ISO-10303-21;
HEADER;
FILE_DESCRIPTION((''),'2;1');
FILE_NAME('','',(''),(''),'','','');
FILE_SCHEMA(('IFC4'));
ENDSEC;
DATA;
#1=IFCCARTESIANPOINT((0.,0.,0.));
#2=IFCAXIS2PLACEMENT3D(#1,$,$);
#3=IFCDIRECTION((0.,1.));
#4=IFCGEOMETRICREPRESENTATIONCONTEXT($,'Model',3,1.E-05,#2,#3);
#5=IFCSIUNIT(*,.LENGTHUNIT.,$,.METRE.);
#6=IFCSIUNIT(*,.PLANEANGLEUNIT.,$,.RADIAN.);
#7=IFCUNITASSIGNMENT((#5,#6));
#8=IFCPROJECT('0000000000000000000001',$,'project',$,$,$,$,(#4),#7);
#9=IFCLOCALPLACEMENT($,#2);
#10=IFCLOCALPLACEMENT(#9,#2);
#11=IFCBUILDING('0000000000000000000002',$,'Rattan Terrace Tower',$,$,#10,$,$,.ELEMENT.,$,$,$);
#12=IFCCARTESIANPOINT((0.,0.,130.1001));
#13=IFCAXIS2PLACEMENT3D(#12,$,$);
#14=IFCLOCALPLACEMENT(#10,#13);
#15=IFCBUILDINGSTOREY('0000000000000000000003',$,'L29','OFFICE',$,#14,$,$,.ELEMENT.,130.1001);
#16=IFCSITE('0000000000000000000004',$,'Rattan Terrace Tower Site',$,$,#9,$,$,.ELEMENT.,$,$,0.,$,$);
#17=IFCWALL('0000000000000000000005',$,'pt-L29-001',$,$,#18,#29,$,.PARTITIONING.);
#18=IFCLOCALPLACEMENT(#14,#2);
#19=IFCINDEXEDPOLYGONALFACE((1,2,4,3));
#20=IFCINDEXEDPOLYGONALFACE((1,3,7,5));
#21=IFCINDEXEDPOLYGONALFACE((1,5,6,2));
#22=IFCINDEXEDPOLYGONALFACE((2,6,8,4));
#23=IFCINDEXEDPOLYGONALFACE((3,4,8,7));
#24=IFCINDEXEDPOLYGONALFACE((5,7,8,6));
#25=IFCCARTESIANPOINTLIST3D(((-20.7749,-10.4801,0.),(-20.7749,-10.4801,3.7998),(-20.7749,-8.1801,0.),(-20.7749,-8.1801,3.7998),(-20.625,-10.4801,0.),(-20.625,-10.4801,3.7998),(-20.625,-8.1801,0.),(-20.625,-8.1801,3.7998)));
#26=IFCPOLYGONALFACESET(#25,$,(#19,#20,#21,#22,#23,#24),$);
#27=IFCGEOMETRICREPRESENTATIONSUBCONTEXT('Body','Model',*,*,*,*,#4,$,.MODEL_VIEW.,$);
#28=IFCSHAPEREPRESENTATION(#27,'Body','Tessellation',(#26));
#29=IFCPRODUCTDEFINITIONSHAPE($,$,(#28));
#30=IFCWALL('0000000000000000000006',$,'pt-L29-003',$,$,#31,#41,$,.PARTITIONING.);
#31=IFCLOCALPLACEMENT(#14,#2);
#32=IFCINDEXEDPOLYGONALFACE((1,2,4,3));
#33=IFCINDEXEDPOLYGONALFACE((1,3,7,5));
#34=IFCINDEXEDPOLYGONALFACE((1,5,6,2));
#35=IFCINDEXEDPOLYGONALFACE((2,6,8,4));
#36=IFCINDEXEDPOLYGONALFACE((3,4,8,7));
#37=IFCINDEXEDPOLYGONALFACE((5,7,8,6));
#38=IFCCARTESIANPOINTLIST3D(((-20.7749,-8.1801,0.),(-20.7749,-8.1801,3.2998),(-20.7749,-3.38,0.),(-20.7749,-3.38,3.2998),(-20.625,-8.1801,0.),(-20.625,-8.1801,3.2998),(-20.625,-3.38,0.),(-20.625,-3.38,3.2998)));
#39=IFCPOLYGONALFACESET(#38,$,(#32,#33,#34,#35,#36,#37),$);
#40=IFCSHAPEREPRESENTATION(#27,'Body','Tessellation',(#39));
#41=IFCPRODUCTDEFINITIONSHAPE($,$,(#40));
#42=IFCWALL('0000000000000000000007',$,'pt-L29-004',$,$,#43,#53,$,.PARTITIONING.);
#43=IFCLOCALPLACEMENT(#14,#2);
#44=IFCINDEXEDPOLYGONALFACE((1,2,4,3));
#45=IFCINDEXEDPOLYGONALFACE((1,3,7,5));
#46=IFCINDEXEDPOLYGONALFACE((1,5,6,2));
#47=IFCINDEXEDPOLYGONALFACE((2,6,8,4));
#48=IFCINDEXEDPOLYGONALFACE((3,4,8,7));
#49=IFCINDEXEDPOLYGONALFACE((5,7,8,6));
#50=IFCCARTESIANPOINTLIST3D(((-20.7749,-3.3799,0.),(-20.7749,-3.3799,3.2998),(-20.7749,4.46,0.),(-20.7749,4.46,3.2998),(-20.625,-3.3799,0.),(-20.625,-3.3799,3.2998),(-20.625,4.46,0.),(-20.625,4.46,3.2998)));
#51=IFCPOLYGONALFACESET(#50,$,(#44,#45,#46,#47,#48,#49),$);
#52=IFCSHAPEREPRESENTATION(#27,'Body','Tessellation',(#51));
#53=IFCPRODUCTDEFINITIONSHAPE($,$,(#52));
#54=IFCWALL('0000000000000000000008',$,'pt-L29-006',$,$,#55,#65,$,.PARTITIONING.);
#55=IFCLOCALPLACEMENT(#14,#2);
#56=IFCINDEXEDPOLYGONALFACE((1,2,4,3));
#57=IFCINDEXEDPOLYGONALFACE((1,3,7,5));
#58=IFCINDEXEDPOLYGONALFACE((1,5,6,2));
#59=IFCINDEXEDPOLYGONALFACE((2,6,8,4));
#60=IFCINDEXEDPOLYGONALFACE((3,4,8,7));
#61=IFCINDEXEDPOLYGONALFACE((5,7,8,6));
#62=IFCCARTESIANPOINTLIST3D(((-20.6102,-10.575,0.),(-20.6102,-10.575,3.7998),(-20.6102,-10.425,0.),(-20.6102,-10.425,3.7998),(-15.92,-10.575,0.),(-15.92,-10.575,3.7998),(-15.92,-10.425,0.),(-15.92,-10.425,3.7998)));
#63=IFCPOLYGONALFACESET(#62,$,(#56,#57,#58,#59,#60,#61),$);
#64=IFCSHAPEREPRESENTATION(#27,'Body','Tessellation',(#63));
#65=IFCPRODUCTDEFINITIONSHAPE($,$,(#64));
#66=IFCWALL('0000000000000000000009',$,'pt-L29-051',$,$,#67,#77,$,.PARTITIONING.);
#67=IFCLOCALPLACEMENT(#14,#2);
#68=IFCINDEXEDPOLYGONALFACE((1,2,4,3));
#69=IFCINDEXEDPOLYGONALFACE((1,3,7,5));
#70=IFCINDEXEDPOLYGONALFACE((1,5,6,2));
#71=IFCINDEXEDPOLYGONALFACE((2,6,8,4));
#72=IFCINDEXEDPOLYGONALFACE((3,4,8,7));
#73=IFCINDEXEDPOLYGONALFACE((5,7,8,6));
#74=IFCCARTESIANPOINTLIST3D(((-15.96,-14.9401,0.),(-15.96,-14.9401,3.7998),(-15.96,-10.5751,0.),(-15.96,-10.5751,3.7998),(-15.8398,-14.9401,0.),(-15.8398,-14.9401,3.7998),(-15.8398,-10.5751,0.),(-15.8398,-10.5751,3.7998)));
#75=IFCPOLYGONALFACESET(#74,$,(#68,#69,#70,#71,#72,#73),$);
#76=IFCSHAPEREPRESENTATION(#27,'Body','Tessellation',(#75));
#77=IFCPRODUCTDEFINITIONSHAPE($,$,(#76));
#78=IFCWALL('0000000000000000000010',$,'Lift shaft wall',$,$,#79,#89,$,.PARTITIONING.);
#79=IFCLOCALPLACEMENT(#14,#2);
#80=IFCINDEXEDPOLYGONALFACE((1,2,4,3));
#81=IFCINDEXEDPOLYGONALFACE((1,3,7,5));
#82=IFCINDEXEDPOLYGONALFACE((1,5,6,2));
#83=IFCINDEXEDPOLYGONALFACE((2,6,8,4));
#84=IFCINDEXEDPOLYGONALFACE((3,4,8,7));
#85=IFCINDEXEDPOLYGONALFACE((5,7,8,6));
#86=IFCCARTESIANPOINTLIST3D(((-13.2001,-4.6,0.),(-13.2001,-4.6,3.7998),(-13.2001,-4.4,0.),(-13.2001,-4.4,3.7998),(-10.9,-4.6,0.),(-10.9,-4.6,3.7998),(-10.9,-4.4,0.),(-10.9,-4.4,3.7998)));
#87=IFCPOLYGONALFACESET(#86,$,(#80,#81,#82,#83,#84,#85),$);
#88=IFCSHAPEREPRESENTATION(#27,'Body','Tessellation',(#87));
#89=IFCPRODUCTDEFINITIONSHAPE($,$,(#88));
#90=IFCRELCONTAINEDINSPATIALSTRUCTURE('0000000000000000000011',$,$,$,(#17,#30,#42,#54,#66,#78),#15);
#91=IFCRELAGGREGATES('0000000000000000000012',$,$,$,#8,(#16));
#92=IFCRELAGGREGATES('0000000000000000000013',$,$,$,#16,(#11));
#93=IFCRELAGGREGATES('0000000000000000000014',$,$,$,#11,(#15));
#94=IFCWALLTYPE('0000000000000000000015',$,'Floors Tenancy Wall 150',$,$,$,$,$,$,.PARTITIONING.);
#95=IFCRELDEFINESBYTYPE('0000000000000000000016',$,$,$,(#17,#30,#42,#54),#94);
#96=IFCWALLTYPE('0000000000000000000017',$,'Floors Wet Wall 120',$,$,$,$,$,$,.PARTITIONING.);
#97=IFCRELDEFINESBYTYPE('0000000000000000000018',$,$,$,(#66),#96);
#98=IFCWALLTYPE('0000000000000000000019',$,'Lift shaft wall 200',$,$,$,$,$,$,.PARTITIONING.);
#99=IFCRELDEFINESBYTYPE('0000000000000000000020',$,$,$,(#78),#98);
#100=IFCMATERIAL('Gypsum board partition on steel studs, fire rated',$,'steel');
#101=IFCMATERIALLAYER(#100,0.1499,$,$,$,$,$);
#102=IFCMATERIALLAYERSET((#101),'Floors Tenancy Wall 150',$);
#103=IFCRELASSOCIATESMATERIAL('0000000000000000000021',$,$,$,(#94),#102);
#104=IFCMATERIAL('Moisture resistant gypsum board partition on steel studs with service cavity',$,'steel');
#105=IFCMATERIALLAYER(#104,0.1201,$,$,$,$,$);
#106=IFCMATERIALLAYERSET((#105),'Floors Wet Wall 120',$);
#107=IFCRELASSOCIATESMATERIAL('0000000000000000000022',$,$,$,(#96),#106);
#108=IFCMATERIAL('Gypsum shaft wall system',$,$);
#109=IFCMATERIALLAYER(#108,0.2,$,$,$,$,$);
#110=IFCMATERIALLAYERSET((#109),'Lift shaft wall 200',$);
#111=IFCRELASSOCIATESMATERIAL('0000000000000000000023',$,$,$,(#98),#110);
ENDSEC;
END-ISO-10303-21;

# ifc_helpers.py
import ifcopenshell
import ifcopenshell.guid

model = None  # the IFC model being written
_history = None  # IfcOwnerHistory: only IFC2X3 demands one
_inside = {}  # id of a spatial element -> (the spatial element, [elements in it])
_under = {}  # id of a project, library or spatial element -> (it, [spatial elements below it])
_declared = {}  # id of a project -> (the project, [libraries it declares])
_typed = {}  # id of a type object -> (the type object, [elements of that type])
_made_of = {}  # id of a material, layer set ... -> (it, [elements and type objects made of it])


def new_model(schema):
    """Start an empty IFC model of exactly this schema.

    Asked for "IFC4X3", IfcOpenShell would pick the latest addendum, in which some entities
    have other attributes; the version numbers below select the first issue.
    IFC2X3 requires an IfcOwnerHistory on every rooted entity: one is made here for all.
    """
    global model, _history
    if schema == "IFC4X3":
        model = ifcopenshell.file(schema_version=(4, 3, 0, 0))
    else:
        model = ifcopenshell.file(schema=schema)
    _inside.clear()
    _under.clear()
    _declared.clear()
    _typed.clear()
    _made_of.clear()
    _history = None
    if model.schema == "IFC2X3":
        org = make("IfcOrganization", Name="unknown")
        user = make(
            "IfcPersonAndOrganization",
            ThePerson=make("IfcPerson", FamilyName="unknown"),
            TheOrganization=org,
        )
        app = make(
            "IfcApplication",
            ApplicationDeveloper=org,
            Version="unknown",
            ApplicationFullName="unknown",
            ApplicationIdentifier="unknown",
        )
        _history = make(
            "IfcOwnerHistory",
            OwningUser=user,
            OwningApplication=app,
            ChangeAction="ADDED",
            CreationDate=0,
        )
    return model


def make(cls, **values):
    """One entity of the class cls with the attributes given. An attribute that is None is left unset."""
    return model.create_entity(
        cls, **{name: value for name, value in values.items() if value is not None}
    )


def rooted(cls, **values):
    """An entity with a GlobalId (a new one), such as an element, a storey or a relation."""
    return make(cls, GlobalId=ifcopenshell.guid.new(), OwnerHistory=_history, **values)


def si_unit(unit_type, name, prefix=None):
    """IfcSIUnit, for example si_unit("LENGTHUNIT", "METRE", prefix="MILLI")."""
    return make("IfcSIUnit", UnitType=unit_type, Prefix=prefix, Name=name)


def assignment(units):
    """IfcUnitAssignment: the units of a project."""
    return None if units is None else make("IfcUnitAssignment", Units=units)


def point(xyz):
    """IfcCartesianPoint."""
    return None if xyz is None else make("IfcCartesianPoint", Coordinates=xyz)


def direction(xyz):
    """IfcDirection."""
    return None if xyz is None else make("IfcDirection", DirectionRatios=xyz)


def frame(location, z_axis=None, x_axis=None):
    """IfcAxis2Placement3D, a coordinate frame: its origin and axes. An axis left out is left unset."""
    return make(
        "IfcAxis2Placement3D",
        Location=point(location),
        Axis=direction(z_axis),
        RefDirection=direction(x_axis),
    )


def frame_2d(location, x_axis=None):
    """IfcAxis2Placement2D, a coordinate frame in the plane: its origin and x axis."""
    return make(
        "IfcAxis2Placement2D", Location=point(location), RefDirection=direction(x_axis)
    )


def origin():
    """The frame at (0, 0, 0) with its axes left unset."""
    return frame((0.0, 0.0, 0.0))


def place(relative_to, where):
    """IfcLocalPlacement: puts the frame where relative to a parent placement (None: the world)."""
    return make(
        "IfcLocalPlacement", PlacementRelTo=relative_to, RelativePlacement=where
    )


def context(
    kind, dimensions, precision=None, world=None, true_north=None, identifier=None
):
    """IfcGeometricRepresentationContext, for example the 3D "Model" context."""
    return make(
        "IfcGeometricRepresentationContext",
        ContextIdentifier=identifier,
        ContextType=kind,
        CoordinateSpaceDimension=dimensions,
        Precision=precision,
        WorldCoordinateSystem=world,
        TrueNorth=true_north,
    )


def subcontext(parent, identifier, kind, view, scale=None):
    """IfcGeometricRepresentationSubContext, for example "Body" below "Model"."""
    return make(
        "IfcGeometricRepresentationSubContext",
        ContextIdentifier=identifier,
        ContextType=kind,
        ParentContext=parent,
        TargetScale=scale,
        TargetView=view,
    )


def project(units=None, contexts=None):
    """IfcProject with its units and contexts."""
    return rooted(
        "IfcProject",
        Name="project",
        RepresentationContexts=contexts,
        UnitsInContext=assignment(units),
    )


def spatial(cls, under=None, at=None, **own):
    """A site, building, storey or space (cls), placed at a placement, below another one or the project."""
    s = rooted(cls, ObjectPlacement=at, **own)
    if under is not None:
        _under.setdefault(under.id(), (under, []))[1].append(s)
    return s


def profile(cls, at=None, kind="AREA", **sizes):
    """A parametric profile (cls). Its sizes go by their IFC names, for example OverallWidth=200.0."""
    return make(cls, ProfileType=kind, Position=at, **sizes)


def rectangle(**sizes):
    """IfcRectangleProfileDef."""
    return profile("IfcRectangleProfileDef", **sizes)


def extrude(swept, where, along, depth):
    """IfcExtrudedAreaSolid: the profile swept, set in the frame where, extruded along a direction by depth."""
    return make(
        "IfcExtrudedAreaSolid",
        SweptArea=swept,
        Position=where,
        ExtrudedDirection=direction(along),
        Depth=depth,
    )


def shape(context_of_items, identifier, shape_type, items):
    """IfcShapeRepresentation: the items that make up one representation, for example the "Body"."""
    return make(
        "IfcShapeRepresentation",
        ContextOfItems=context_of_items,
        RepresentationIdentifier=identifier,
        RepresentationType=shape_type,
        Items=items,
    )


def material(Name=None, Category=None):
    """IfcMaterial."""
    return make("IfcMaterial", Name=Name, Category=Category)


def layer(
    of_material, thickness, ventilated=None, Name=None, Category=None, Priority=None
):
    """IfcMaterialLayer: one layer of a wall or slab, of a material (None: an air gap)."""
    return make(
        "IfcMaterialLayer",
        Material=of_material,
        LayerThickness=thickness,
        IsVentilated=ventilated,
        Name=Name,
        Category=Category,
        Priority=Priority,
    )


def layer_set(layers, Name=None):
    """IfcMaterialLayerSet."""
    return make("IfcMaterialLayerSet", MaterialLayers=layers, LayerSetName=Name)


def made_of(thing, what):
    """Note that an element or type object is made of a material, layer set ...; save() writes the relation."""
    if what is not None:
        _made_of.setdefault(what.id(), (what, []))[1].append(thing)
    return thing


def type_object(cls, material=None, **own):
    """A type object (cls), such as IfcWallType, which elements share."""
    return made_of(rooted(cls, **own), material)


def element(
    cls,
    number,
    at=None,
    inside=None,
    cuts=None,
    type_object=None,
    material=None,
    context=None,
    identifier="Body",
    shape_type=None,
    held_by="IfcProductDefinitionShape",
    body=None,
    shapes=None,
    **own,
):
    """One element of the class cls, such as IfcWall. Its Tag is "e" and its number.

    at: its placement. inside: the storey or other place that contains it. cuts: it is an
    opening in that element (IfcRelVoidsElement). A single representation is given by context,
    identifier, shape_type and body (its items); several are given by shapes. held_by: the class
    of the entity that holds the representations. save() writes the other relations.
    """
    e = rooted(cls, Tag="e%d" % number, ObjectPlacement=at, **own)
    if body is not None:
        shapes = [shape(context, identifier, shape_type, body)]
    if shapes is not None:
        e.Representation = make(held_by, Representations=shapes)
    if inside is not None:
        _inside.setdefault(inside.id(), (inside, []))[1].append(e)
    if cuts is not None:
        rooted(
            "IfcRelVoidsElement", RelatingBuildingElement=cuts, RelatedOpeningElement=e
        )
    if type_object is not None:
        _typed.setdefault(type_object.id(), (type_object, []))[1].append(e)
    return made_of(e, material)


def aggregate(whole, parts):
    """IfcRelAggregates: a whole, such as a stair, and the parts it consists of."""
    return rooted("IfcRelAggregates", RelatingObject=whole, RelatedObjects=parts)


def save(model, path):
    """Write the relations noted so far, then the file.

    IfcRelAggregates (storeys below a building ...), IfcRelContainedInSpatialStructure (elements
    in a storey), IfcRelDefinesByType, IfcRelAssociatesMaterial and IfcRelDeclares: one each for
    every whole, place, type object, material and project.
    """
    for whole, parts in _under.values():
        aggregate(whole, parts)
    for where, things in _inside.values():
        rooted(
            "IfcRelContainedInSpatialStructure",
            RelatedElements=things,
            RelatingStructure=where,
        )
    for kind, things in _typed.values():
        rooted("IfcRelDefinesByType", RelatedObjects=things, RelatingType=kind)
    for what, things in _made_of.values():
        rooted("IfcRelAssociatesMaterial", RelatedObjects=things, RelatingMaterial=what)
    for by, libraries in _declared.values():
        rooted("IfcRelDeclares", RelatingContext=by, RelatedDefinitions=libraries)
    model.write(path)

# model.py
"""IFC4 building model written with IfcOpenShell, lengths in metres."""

from ifc_helpers import new_model, si_unit, direction, frame, frame_2d, origin, place, context, subcontext, project, spatial, rectangle, extrude, material, layer, layer_set, type_object, element, save


model = new_model("IFC4")

# Units and contexts
model_context = context("Model", 3, precision=1e-05, world=origin(), true_north=direction((0.0, 1.0)))
body_context = subcontext(model_context, "Body", "Model", "MODEL_VIEW")
ifc_project = project(units=[si_unit("LENGTHUNIT", "METRE"), si_unit("PLANEANGLEUNIT", "RADIAN")], contexts=[model_context])

# Site, building, storey
site_placement = place(None, origin())
site = spatial("IfcSite", under=ifc_project, at=site_placement, Name="Rattan Terrace Tower Site", CompositionType="ELEMENT", RefElevation=0.0)
building_placement = place(site_placement, origin())
building = spatial("IfcBuilding", under=site, at=building_placement, Name="Rattan Terrace Tower", CompositionType="ELEMENT")
storey_placement = place(building_placement, frame((0.0, 0.0, 130.1001)))
storey = spatial("IfcBuildingStorey", under=building, at=storey_placement, Name="L29", Description="OFFICE", CompositionType="ELEMENT", Elevation=130.1001)

# Walls
ifc_material_1 = material(Name="Gypsum board partition on steel studs, fire rated", Category="steel")
ifc_layer_1 = layer(ifc_material_1, 0.1499)
ifc_layer_set_1 = layer_set([ifc_layer_1], Name="Floors Tenancy Wall 150")
wall_type_1 = type_object("IfcWallType", Name="Floors Tenancy Wall 150", PredefinedType="PARTITIONING", material=ifc_layer_set_1)
wall_1_placement = place(storey_placement, frame((-20.7, -10.48, 0.0), z_axis=(0.0, 0.0, 1.0), x_axis=(0.0, 1.0, 0.0)))
element("IfcWall", 1, at=wall_1_placement, inside=storey, type_object=wall_type_1, Name="pt-L29-001", PredefinedType="PARTITIONING", context=body_context, shape_type="SweptSolid", body=[
    extrude(rectangle(XDim=2.3, YDim=0.1499, at=frame_2d((1.1499, 0.0))), origin(), (0.0, 0.0, 1.0), 3.7998),
])
wall_2_placement = place(storey_placement, frame((-20.7, -8.1799, 0.0), z_axis=(0.0, 0.0, 1.0), x_axis=(0.0, 1.0, 0.0)))
element("IfcWall", 2, at=wall_2_placement, inside=storey, type_object=wall_type_1, Name="pt-L29-003", PredefinedType="PARTITIONING", context=body_context, shape_type="SweptSolid", body=[
    extrude(rectangle(XDim=4.8, YDim=0.1499, at=frame_2d((2.3999, 0.0))), origin(), (0.0, 0.0, 1.0), 3.2998),
])
wall_3_placement = place(storey_placement, frame((-20.7, -3.3799, 0.0), z_axis=(0.0, 0.0, 1.0), x_axis=(0.0, 1.0, 0.0)))
element("IfcWall", 3, at=wall_3_placement, inside=storey, type_object=wall_type_1, Name="pt-L29-004", PredefinedType="PARTITIONING", context=body_context, shape_type="SweptSolid", body=[
    extrude(rectangle(XDim=7.8398, YDim=0.1499, at=frame_2d((3.9199, 0.0))), origin(), (0.0, 0.0, 1.0), 3.2998),
])
wall_4_placement = place(storey_placement, frame((-15.9199, -10.5, 0.0), z_axis=(0.0, 0.0, 1.0), x_axis=(-1.0, 0.0, 0.0)))
element("IfcWall", 4, at=wall_4_placement, inside=storey, type_object=wall_type_1, Name="pt-L29-006", PredefinedType="PARTITIONING", context=body_context, shape_type="SweptSolid", body=[
    extrude(rectangle(XDim=4.6902, YDim=0.1499, at=frame_2d((2.3452, 0.0))), origin(), (0.0, 0.0, 1.0), 3.7998),
])
ifc_material_2 = material(Name="Moisture resistant gypsum board partition on steel studs with service cavity", Category="steel")
ifc_layer_2 = layer(ifc_material_2, 0.1201)
ifc_layer_set_2 = layer_set([ifc_layer_2], Name="Floors Wet Wall 120")
wall_type_2 = type_object("IfcWallType", Name="Floors Wet Wall 120", PredefinedType="PARTITIONING", material=ifc_layer_set_2)
wall_5_placement = place(storey_placement, frame((-15.8999, -10.575, 0.0), z_axis=(0.0, 0.0, 1.0), x_axis=(0.0, -1.0, 0.0)))
element("IfcWall", 5, at=wall_5_placement, inside=storey, type_object=wall_type_2, Name="pt-L29-051", PredefinedType="PARTITIONING", context=body_context, shape_type="SweptSolid", body=[
    extrude(rectangle(XDim=4.365, YDim=0.1201, at=frame_2d((2.1826, 0.0))), origin(), (0.0, 0.0, 1.0), 3.7998),
])
ifc_material_3 = material(Name="Gypsum shaft wall system")
ifc_layer_3 = layer(ifc_material_3, 0.2)
ifc_layer_set_3 = layer_set([ifc_layer_3], Name="Lift shaft wall 200")
wall_type_3 = type_object("IfcWallType", Name="Lift shaft wall 200", PredefinedType="PARTITIONING", material=ifc_layer_set_3)
wall_6_placement = place(storey_placement, frame((-13.2, -4.5, 0.0), z_axis=(0.0, 0.0, 1.0), x_axis=(1.0, 0.0, 0.0)))
element("IfcWall", 6, at=wall_6_placement, inside=storey, type_object=wall_type_3, Name="Lift shaft wall", PredefinedType="PARTITIONING", context=body_context, shape_type="SweptSolid", body=[
    extrude(rectangle(XDim=2.3, YDim=0.2, at=frame_2d((1.1499, 0.0))), origin(), (0.0, 0.0, 1.0), 3.7998),
])

save(model, "model.ifc")
